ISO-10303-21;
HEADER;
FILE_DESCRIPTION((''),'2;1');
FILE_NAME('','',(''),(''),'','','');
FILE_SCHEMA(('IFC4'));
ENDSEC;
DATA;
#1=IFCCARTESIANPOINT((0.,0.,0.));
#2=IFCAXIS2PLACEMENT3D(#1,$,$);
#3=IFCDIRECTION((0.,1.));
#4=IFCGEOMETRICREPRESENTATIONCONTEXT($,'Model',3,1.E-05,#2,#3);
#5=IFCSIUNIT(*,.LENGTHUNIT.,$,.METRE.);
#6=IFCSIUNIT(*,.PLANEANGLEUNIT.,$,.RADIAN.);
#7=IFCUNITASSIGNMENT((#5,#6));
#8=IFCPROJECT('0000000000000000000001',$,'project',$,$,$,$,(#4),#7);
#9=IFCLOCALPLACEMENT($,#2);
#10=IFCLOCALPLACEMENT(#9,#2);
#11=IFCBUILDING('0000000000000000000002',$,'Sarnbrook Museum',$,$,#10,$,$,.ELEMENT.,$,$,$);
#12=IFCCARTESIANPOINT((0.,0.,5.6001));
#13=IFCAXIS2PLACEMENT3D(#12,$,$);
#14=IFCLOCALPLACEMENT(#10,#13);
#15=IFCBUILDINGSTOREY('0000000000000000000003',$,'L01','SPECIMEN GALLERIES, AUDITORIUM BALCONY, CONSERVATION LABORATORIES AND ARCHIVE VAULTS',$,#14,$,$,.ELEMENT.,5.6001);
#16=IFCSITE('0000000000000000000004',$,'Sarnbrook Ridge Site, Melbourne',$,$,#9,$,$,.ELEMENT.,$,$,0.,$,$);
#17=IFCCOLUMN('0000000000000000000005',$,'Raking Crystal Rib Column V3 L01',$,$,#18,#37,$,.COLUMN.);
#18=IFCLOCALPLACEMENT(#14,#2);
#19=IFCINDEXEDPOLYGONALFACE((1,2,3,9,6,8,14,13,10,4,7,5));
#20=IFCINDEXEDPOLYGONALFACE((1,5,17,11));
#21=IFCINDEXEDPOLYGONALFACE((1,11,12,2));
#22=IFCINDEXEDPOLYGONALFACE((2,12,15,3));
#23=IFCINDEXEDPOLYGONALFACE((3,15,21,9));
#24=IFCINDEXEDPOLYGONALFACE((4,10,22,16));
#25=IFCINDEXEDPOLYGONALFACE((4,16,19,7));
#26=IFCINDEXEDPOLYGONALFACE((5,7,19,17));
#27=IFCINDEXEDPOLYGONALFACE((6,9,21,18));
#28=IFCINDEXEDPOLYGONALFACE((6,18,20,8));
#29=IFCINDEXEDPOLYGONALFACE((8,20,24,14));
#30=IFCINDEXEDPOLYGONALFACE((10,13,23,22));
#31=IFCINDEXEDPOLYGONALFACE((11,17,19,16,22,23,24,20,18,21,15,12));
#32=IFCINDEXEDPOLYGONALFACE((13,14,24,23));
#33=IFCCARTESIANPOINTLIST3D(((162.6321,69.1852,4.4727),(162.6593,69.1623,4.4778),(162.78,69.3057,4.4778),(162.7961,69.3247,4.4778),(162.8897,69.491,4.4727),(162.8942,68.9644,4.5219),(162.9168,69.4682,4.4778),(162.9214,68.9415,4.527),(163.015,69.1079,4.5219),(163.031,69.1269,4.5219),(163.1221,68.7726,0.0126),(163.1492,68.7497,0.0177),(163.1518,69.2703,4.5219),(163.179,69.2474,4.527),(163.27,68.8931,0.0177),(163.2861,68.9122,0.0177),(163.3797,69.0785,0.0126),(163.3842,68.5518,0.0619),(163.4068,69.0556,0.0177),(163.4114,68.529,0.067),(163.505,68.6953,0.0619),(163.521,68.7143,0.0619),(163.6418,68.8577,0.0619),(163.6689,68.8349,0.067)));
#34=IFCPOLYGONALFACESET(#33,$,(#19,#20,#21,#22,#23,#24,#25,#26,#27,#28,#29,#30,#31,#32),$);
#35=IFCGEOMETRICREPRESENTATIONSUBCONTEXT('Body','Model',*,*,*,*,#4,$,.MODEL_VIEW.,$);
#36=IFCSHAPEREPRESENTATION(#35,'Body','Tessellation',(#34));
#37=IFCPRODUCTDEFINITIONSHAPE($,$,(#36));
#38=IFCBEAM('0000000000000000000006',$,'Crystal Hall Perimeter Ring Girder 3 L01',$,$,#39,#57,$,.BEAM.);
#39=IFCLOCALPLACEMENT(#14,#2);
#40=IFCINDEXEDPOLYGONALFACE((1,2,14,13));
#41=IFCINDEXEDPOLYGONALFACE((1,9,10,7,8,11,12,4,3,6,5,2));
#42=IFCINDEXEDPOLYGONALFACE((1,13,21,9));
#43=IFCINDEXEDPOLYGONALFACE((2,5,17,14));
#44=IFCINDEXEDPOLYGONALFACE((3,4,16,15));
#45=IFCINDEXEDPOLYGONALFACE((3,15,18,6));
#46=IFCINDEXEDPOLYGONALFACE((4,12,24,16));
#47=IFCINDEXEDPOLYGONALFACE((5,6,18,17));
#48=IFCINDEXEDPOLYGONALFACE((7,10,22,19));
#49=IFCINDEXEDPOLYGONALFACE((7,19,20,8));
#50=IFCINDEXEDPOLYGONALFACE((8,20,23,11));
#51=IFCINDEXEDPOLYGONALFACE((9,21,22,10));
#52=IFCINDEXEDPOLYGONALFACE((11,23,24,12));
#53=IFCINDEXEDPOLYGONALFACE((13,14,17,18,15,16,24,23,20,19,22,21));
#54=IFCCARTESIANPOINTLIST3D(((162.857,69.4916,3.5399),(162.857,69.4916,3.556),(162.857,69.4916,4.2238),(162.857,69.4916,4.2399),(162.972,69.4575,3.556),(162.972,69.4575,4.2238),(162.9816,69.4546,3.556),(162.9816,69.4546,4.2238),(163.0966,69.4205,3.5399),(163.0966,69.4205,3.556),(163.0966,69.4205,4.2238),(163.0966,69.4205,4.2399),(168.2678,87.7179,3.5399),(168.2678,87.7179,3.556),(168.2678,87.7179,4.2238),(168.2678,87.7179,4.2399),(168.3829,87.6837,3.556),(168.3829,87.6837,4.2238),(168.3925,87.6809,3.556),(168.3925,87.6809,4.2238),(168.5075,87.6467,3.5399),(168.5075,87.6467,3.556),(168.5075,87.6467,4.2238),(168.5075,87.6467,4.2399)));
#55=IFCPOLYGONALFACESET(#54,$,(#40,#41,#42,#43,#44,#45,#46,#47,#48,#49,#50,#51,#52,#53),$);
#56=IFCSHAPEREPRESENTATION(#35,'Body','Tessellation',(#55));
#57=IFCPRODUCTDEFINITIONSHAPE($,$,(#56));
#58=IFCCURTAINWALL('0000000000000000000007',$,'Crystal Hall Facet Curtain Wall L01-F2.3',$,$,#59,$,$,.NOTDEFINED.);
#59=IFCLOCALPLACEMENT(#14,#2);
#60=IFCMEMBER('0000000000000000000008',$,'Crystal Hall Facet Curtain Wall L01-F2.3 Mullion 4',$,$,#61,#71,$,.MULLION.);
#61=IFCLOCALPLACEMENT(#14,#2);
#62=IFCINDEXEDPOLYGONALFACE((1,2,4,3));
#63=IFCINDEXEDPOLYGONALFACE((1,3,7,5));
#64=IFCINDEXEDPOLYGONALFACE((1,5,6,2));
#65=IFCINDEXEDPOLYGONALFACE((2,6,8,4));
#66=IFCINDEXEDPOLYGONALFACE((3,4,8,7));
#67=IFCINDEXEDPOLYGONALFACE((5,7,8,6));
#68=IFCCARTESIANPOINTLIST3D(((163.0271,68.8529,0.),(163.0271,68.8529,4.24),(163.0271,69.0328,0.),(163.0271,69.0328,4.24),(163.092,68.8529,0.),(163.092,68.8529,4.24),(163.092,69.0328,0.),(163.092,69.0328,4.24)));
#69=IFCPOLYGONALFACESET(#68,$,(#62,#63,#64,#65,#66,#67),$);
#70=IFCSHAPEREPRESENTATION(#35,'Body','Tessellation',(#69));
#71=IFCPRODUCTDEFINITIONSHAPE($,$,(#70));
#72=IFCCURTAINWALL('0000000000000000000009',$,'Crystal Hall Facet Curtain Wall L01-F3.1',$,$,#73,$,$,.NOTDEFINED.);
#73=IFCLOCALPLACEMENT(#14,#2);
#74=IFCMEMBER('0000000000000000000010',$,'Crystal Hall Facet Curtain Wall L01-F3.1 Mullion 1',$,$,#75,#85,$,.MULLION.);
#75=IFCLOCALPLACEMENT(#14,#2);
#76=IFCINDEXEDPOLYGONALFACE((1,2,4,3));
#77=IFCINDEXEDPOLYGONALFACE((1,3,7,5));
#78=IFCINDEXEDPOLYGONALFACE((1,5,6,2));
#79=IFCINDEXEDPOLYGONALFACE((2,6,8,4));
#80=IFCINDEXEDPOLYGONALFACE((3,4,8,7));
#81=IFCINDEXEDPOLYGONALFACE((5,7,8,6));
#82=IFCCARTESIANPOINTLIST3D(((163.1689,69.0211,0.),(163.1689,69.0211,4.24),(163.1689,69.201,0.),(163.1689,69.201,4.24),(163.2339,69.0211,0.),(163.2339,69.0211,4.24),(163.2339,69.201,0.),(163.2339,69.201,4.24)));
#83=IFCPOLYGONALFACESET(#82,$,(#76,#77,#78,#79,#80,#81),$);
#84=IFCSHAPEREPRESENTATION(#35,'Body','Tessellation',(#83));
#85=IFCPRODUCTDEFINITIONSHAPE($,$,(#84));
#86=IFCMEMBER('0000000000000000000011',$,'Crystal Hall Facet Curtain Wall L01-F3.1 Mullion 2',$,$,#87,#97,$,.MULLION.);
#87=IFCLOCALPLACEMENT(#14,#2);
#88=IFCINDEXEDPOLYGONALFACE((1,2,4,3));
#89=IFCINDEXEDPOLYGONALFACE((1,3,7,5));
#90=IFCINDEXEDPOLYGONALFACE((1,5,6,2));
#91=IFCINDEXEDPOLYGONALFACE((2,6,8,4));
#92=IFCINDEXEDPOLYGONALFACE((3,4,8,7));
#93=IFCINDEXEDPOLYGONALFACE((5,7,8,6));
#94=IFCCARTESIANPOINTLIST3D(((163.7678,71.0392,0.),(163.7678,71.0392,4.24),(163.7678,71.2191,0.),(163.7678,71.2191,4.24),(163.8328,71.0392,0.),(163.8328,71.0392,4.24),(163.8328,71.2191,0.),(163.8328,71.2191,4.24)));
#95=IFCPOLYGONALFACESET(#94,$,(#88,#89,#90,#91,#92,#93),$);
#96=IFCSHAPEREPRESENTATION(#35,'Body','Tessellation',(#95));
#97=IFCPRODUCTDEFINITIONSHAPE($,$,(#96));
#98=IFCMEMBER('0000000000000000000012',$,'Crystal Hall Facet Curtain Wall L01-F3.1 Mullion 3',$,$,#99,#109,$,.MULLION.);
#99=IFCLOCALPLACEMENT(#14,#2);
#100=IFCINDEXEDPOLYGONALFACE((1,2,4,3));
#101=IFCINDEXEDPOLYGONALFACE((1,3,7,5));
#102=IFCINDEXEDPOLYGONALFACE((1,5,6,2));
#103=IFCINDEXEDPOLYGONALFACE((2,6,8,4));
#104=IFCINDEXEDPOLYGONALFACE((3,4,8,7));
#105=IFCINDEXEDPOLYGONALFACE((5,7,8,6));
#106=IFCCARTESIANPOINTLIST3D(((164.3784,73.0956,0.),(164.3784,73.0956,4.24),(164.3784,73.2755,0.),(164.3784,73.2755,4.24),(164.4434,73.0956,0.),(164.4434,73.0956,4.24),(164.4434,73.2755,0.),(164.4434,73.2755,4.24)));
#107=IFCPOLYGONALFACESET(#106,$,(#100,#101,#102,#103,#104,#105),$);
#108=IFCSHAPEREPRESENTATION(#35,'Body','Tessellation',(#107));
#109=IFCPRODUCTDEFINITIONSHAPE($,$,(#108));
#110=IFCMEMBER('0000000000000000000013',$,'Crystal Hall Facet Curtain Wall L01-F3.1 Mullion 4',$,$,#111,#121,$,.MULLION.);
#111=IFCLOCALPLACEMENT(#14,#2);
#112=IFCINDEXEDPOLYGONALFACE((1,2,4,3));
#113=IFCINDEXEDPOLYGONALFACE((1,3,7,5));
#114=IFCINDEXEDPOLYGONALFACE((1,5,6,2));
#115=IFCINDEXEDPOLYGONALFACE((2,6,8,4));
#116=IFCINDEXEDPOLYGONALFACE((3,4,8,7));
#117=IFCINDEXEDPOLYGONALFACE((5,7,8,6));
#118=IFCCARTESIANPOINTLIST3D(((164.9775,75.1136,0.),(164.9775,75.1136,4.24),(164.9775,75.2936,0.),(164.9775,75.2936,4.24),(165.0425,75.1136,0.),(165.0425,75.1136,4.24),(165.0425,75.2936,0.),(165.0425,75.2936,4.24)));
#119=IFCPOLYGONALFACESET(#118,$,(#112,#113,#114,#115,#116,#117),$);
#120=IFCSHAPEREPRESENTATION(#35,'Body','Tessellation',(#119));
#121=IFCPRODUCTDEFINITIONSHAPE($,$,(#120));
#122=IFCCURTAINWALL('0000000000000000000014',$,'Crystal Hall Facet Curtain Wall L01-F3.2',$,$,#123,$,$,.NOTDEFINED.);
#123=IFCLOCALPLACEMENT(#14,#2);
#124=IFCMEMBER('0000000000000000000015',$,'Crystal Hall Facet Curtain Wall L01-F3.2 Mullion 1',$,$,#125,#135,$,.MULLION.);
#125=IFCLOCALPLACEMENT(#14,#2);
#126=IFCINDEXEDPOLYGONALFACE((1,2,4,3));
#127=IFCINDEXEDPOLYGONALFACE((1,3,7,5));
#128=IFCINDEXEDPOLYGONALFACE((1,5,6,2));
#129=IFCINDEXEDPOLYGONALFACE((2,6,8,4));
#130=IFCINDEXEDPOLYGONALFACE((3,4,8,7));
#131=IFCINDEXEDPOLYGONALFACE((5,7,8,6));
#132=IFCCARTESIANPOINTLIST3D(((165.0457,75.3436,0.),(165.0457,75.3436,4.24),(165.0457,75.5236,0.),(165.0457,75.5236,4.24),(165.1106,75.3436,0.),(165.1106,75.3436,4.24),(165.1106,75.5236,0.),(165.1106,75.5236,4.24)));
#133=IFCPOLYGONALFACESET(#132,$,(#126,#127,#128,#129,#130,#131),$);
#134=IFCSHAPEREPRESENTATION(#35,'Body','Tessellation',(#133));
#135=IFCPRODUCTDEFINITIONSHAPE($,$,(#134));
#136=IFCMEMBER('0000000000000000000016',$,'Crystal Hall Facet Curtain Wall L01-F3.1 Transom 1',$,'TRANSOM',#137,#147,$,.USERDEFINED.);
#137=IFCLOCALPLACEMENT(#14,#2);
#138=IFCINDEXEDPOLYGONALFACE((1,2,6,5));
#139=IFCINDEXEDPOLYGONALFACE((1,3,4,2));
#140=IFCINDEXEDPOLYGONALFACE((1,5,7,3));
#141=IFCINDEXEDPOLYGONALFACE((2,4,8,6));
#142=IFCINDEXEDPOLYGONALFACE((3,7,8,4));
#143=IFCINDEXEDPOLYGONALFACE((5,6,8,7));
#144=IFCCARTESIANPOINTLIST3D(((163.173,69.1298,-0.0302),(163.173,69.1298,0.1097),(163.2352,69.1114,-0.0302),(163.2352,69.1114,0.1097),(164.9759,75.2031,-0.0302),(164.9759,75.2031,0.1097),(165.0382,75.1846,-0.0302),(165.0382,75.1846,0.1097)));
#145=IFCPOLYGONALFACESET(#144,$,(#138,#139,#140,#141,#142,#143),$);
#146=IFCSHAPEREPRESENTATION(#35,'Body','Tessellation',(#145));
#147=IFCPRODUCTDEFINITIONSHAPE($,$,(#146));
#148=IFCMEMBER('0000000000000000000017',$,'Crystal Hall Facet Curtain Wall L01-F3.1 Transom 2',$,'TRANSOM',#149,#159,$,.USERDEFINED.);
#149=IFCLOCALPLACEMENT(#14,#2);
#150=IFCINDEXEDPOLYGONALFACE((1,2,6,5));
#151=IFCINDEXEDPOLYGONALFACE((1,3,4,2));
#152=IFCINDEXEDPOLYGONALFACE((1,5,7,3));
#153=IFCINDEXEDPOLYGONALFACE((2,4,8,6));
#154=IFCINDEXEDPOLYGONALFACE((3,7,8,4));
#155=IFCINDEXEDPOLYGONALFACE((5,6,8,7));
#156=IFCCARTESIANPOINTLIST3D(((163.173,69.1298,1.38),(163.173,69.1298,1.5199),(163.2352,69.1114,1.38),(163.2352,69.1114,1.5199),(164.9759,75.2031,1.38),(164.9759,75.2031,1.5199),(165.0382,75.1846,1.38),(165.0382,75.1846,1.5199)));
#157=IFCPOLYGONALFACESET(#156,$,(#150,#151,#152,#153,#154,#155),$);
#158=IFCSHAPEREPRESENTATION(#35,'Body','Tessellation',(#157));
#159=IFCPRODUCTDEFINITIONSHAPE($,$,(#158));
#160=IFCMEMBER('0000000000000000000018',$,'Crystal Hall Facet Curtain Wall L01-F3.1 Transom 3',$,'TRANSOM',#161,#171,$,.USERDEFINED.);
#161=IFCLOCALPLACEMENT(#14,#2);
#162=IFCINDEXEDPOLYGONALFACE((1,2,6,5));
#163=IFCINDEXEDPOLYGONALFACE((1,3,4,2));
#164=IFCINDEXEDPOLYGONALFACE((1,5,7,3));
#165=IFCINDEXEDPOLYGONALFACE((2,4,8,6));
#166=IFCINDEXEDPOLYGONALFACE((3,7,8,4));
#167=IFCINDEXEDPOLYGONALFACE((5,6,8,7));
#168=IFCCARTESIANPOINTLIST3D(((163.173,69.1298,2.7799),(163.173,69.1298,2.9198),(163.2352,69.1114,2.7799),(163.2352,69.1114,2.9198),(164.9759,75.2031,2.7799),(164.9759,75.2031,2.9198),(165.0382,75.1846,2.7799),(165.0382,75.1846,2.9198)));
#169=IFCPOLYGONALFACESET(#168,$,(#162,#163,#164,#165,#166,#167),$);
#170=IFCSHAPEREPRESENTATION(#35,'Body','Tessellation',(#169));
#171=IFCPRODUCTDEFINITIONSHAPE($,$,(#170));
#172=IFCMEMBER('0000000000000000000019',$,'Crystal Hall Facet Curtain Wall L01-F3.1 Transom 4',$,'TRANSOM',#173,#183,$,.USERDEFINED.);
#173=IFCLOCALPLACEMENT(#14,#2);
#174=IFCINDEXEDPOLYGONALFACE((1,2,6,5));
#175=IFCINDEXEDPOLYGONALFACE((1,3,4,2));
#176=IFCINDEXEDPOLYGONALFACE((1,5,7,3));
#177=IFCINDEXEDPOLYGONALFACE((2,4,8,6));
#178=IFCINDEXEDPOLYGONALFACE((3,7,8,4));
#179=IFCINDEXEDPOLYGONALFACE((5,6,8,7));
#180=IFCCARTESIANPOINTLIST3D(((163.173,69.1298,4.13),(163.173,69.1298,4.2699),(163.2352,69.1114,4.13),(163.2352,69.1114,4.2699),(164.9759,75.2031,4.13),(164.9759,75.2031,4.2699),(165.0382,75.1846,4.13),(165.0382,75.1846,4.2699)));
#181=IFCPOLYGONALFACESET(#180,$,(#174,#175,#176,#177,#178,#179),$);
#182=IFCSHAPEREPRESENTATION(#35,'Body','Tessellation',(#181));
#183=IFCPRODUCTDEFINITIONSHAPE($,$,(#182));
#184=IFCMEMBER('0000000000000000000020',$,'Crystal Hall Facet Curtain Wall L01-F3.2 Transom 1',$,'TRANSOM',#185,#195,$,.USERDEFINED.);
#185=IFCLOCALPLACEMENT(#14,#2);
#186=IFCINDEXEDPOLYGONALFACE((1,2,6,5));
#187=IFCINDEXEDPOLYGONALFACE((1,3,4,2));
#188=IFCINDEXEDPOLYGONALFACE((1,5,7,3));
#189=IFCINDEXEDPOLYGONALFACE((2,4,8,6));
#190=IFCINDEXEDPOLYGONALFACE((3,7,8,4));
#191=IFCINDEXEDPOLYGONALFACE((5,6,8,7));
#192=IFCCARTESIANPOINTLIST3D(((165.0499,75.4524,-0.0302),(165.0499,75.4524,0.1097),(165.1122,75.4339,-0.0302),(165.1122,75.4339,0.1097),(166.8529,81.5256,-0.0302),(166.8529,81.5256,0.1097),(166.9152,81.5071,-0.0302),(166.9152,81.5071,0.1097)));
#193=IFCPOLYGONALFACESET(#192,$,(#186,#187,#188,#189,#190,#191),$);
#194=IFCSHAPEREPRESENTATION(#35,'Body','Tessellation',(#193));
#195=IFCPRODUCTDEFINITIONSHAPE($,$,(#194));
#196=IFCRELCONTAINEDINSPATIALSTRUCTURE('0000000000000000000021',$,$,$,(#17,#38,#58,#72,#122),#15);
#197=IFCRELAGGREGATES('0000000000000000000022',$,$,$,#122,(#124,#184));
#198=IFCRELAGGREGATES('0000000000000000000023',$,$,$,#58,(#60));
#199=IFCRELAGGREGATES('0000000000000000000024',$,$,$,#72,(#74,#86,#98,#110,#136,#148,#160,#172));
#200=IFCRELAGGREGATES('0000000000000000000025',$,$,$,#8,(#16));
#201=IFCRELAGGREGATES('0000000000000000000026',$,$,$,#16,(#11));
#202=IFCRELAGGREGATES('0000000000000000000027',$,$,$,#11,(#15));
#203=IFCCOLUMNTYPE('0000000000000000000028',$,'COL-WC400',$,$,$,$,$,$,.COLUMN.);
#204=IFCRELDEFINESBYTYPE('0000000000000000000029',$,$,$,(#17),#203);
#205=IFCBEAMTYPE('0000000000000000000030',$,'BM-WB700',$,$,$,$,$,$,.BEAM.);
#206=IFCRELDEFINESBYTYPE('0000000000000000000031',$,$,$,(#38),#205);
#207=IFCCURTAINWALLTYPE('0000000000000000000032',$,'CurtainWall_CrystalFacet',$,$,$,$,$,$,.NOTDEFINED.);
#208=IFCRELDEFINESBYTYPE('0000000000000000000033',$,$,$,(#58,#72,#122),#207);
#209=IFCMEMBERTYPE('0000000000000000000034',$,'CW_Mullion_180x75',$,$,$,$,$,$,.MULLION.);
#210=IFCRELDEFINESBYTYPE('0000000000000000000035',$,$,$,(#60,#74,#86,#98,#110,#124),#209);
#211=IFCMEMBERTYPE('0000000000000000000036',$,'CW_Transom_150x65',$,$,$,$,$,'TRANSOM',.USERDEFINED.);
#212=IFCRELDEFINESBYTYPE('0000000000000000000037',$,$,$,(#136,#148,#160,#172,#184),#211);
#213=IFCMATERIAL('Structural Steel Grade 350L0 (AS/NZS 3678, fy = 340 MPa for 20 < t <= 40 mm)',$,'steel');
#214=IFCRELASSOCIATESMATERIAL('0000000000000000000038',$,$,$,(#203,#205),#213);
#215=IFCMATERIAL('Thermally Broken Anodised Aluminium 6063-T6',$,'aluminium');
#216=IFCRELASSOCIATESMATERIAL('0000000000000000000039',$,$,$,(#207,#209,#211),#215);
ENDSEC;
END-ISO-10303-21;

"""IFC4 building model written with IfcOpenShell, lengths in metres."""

from ifc_helpers import new_model, si_unit, direction, frame, origin, origin_2d, place, context, subcontext, project, spatial, rectangle, i_section, extrude, material, material_profile, profile_set, type_object, element, aggregate, save


model = new_model("IFC4")

# Units and contexts
model_context = context("Model", 3, precision=1e-05, world=origin(), true_north=direction((0.0, 1.0)))
body_context = subcontext(model_context, "Body", "Model", "MODEL_VIEW")
ifc_project = project(units=[si_unit("LENGTHUNIT", "METRE"), si_unit("PLANEANGLEUNIT", "RADIAN")], contexts=[model_context])

# Site, building, storey
site_placement = place(None, origin())
site = spatial("IfcSite", under=ifc_project, at=site_placement, Name="Sarnbrook Ridge Site, Melbourne", CompositionType="ELEMENT", RefElevation=0.0)
building_placement = place(site_placement, origin())
building = spatial("IfcBuilding", under=site, at=building_placement, Name="Sarnbrook Museum", CompositionType="ELEMENT")
storey_placement = place(building_placement, frame((0.0, 0.0, 5.6001)))
storey = spatial("IfcBuildingStorey", under=building, at=storey_placement, Name="L01", Description="SPECIMEN GALLERIES, AUDITORIUM BALCONY, CONSERVATION LABORATORIES AND ARCHIVE VAULTS", CompositionType="ELEMENT", Elevation=5.6001)

# Column
ifc_material_1 = material(Name="Structural Steel Grade 350L0 (AS/NZS 3678, fy = 340 MPa for 20 < t <= 40 mm)", Category="steel")
ifc_material_profile_1 = material_profile(ifc_material_1, i_section(OverallWidth=0.3999, OverallDepth=0.3821, WebThickness=0.0249, FlangeThickness=0.0359, at=origin_2d()), Name="400WC270")
ifc_profile_set_1 = profile_set([ifc_material_profile_1], Name="Structural Steel Grade 350L0 (AS/NZS 3678, fy = 340 MPa for 20 < t <= 40 mm)")
column_type = type_object("IfcColumnType", Name="COL-WC400", PredefinedType="COLUMN", material=ifc_profile_set_1)
column_placement = place(storey_placement, frame((163.3955, 68.8037, 0.0398), z_axis=(-0.108742, 0.091567, 0.989844), x_axis=(-0.644112, -0.764931, 0.0)))
element("IfcColumn", 1, at=column_placement, inside=storey, type_object=column_type, Name="Raking Crystal Rib Column V3 L01", PredefinedType="COLUMN", context=body_context, shape_type="SweptSolid", body=[
    extrude(i_section(OverallWidth=0.3999, OverallDepth=0.3821, WebThickness=0.0249, FlangeThickness=0.0359, at=origin_2d()), origin(), (0.0, 0.0, 1.0), 4.5059),
])

# Beam
ifc_material_profile_2 = material_profile(ifc_material_1, i_section(OverallWidth=0.25, OverallDepth=0.7, WebThickness=0.01, FlangeThickness=0.0161, at=origin_2d()), Name="700WB130")
ifc_profile_set_2 = profile_set([ifc_material_profile_2], Name="Structural Steel Grade 350L0 (AS/NZS 3678, fy = 340 MPa for 20 < t <= 40 mm)")
beam_type = type_object("IfcBeamType", Name="BM-WB700", PredefinedType="BEAM", material=ifc_profile_set_2)
beam_placement = place(storey_placement, frame((162.9768, 69.4561, 3.8899), z_axis=(0.284596, 0.958648, 0.0), x_axis=(-0.958648, 0.284596, 0.0)))
element("IfcBeam", 2, at=beam_placement, inside=storey, type_object=beam_type, Name="Crystal Hall Perimeter Ring Girder 3 L01", PredefinedType="BEAM", context=body_context, shape_type="SweptSolid", body=[
    extrude(i_section(OverallWidth=0.25, OverallDepth=0.7, WebThickness=0.01, FlangeThickness=0.0161, at=origin_2d()), origin(), (0.0, 0.0, 1.0), 19.0125),
])

# Curtain wall, member
ifc_material_2 = material(Name="Thermally Broken Anodised Aluminium 6063-T6", Category="aluminium")
curtain_wall_type = type_object("IfcCurtainWallType", Name="CurtainWall_CrystalFacet", PredefinedType="NOTDEFINED", material=ifc_material_2)
curtain_wall_1_placement = place(storey_placement, origin())
curtain_wall_1 = element("IfcCurtainWall", 3, at=curtain_wall_1_placement, inside=storey, type_object=curtain_wall_type, Name="Crystal Hall Facet Curtain Wall L01-F2.3", PredefinedType="NOTDEFINED")
ifc_material_profile_3 = material_profile(ifc_material_2, rectangle(XDim=0.0649, YDim=0.1799, at=origin_2d()), Name="ALU MULLION 65x180")
ifc_profile_set_3 = profile_set([ifc_material_profile_3], Name="Thermally Broken Anodised Aluminium 6063-T6")
member_type_1 = type_object("IfcMemberType", Name="CW_Mullion_180x75", PredefinedType="MULLION", material=ifc_profile_set_3)
member_1_placement = place(storey_placement, frame((163.0596, 68.9429, 0.0), z_axis=(0.0, 0.0, 1.0), x_axis=(1.0, 0.0, 0.0)))
member_1 = element("IfcMember", 4, at=member_1_placement, type_object=member_type_1, Name="Crystal Hall Facet Curtain Wall L01-F2.3 Mullion 4", PredefinedType="MULLION", context=body_context, shape_type="SweptSolid", body=[
    extrude(rectangle(XDim=0.0649, YDim=0.1799, at=origin_2d()), origin(), (0.0, 0.0, 1.0), 4.24),
])

# Curtain wall, members
curtain_wall_2_placement = place(storey_placement, origin())
curtain_wall_2 = element("IfcCurtainWall", 5, at=curtain_wall_2_placement, inside=storey, type_object=curtain_wall_type, Name="Crystal Hall Facet Curtain Wall L01-F3.1", PredefinedType="NOTDEFINED")
member_2_placement = place(storey_placement, frame((163.2014, 69.1111, 0.0), z_axis=(0.0, 0.0, 1.0), x_axis=(1.0, 0.0, 0.0)))
member_2 = element("IfcMember", 6, at=member_2_placement, type_object=member_type_1, Name="Crystal Hall Facet Curtain Wall L01-F3.1 Mullion 1", PredefinedType="MULLION", context=body_context, shape_type="SweptSolid", body=[
    extrude(rectangle(XDim=0.0649, YDim=0.1799, at=origin_2d()), origin(), (0.0, 0.0, 1.0), 4.24),
])
member_3_placement = place(storey_placement, frame((163.8003, 71.1292, 0.0), z_axis=(0.0, 0.0, 1.0), x_axis=(1.0, 0.0, 0.0)))
member_3 = element("IfcMember", 7, at=member_3_placement, type_object=member_type_1, Name="Crystal Hall Facet Curtain Wall L01-F3.1 Mullion 2", PredefinedType="MULLION", context=body_context, shape_type="SweptSolid", body=[
    extrude(rectangle(XDim=0.0649, YDim=0.1799, at=origin_2d()), origin(), (0.0, 0.0, 1.0), 4.24),
])
member_4_placement = place(storey_placement, frame((164.4109, 73.1855, 0.0), z_axis=(0.0, 0.0, 1.0), x_axis=(1.0, 0.0, 0.0)))
member_4 = element("IfcMember", 8, at=member_4_placement, type_object=member_type_1, Name="Crystal Hall Facet Curtain Wall L01-F3.1 Mullion 3", PredefinedType="MULLION", context=body_context, shape_type="SweptSolid", body=[
    extrude(rectangle(XDim=0.0649, YDim=0.1799, at=origin_2d()), origin(), (0.0, 0.0, 1.0), 4.24),
])
member_5_placement = place(storey_placement, frame((165.01, 75.2036, 0.0), z_axis=(0.0, 0.0, 1.0), x_axis=(1.0, 0.0, 0.0)))
member_5 = element("IfcMember", 9, at=member_5_placement, type_object=member_type_1, Name="Crystal Hall Facet Curtain Wall L01-F3.1 Mullion 4", PredefinedType="MULLION", context=body_context, shape_type="SweptSolid", body=[
    extrude(rectangle(XDim=0.0649, YDim=0.1799, at=origin_2d()), origin(), (0.0, 0.0, 1.0), 4.24),
])

# Curtain wall, member
curtain_wall_3_placement = place(storey_placement, origin())
curtain_wall_3 = element("IfcCurtainWall", 10, at=curtain_wall_3_placement, inside=storey, type_object=curtain_wall_type, Name="Crystal Hall Facet Curtain Wall L01-F3.2", PredefinedType="NOTDEFINED")
member_6_placement = place(storey_placement, frame((165.0781, 75.4336, 0.0), z_axis=(0.0, 0.0, 1.0), x_axis=(1.0, 0.0, 0.0)))
member_6 = element("IfcMember", 11, at=member_6_placement, type_object=member_type_1, Name="Crystal Hall Facet Curtain Wall L01-F3.2 Mullion 1", PredefinedType="MULLION", context=body_context, shape_type="SweptSolid", body=[
    extrude(rectangle(XDim=0.0649, YDim=0.1799, at=origin_2d()), origin(), (0.0, 0.0, 1.0), 4.24),
])

# Members
ifc_material_profile_4 = material_profile(ifc_material_2, rectangle(XDim=0.0649, YDim=0.1399, at=origin_2d()), Name="ALU TRANSOM 65x140")
ifc_profile_set_4 = profile_set([ifc_material_profile_4], Name="Thermally Broken Anodised Aluminium 6063-T6")
member_type_2 = type_object("IfcMemberType", Name="CW_Transom_150x65", ElementType="TRANSOM", PredefinedType="USERDEFINED", material=ifc_profile_set_4)
member_7_placement = place(storey_placement, frame((163.2041, 69.1206, 0.0398), z_axis=(0.284596, 0.958648, 0.0), x_axis=(-0.958648, 0.284596, 0.0)))
member_7 = element("IfcMember", 12, at=member_7_placement, type_object=member_type_2, Name="Crystal Hall Facet Curtain Wall L01-F3.1 Transom 1", ObjectType="TRANSOM", PredefinedType="USERDEFINED", context=body_context, shape_type="SweptSolid", body=[
    extrude(rectangle(XDim=0.0649, YDim=0.1399, at=origin_2d()), origin(), (0.0, 0.0, 1.0), 6.3352),
])
member_8_placement = place(storey_placement, frame((163.2041, 69.1206, 1.45), z_axis=(0.284596, 0.958648, 0.0), x_axis=(-0.958648, 0.284596, 0.0)))
member_8 = element("IfcMember", 13, at=member_8_placement, type_object=member_type_2, Name="Crystal Hall Facet Curtain Wall L01-F3.1 Transom 2", ObjectType="TRANSOM", PredefinedType="USERDEFINED", context=body_context, shape_type="SweptSolid", body=[
    extrude(rectangle(XDim=0.0649, YDim=0.1399, at=origin_2d()), origin(), (0.0, 0.0, 1.0), 6.3352),
])
member_9_placement = place(storey_placement, frame((163.2041, 69.1206, 2.8499), z_axis=(0.284596, 0.958648, 0.0), x_axis=(-0.958648, 0.284596, 0.0)))
member_9 = element("IfcMember", 14, at=member_9_placement, type_object=member_type_2, Name="Crystal Hall Facet Curtain Wall L01-F3.1 Transom 3", ObjectType="TRANSOM", PredefinedType="USERDEFINED", context=body_context, shape_type="SweptSolid", body=[
    extrude(rectangle(XDim=0.0649, YDim=0.1399, at=origin_2d()), origin(), (0.0, 0.0, 1.0), 6.3352),
])
member_10_placement = place(storey_placement, frame((163.2041, 69.1206, 4.2), z_axis=(0.284596, 0.958648, 0.0), x_axis=(-0.958648, 0.284596, 0.0)))
member_10 = element("IfcMember", 15, at=member_10_placement, type_object=member_type_2, Name="Crystal Hall Facet Curtain Wall L01-F3.1 Transom 4", ObjectType="TRANSOM", PredefinedType="USERDEFINED", context=body_context, shape_type="SweptSolid", body=[
    extrude(rectangle(XDim=0.0649, YDim=0.1399, at=origin_2d()), origin(), (0.0, 0.0, 1.0), 6.3352),
])
member_11_placement = place(storey_placement, frame((165.0811, 75.4431, 0.0398), z_axis=(0.284596, 0.958648, 0.0), x_axis=(-0.958648, 0.284596, 0.0)))
member_11 = element("IfcMember", 16, at=member_11_placement, type_object=member_type_2, Name="Crystal Hall Facet Curtain Wall L01-F3.2 Transom 1", ObjectType="TRANSOM", PredefinedType="USERDEFINED", context=body_context, shape_type="SweptSolid", body=[
    extrude(rectangle(XDim=0.0649, YDim=0.1399, at=origin_2d()), origin(), (0.0, 0.0, 1.0), 6.3352),
])
aggregate(curtain_wall_3, [member_6, member_11])

aggregate(curtain_wall_1, [member_1])
aggregate(curtain_wall_2, [member_2, member_3, member_4, member_5, member_7, member_8, member_9, member_10])

save(model, "model.ifc")
